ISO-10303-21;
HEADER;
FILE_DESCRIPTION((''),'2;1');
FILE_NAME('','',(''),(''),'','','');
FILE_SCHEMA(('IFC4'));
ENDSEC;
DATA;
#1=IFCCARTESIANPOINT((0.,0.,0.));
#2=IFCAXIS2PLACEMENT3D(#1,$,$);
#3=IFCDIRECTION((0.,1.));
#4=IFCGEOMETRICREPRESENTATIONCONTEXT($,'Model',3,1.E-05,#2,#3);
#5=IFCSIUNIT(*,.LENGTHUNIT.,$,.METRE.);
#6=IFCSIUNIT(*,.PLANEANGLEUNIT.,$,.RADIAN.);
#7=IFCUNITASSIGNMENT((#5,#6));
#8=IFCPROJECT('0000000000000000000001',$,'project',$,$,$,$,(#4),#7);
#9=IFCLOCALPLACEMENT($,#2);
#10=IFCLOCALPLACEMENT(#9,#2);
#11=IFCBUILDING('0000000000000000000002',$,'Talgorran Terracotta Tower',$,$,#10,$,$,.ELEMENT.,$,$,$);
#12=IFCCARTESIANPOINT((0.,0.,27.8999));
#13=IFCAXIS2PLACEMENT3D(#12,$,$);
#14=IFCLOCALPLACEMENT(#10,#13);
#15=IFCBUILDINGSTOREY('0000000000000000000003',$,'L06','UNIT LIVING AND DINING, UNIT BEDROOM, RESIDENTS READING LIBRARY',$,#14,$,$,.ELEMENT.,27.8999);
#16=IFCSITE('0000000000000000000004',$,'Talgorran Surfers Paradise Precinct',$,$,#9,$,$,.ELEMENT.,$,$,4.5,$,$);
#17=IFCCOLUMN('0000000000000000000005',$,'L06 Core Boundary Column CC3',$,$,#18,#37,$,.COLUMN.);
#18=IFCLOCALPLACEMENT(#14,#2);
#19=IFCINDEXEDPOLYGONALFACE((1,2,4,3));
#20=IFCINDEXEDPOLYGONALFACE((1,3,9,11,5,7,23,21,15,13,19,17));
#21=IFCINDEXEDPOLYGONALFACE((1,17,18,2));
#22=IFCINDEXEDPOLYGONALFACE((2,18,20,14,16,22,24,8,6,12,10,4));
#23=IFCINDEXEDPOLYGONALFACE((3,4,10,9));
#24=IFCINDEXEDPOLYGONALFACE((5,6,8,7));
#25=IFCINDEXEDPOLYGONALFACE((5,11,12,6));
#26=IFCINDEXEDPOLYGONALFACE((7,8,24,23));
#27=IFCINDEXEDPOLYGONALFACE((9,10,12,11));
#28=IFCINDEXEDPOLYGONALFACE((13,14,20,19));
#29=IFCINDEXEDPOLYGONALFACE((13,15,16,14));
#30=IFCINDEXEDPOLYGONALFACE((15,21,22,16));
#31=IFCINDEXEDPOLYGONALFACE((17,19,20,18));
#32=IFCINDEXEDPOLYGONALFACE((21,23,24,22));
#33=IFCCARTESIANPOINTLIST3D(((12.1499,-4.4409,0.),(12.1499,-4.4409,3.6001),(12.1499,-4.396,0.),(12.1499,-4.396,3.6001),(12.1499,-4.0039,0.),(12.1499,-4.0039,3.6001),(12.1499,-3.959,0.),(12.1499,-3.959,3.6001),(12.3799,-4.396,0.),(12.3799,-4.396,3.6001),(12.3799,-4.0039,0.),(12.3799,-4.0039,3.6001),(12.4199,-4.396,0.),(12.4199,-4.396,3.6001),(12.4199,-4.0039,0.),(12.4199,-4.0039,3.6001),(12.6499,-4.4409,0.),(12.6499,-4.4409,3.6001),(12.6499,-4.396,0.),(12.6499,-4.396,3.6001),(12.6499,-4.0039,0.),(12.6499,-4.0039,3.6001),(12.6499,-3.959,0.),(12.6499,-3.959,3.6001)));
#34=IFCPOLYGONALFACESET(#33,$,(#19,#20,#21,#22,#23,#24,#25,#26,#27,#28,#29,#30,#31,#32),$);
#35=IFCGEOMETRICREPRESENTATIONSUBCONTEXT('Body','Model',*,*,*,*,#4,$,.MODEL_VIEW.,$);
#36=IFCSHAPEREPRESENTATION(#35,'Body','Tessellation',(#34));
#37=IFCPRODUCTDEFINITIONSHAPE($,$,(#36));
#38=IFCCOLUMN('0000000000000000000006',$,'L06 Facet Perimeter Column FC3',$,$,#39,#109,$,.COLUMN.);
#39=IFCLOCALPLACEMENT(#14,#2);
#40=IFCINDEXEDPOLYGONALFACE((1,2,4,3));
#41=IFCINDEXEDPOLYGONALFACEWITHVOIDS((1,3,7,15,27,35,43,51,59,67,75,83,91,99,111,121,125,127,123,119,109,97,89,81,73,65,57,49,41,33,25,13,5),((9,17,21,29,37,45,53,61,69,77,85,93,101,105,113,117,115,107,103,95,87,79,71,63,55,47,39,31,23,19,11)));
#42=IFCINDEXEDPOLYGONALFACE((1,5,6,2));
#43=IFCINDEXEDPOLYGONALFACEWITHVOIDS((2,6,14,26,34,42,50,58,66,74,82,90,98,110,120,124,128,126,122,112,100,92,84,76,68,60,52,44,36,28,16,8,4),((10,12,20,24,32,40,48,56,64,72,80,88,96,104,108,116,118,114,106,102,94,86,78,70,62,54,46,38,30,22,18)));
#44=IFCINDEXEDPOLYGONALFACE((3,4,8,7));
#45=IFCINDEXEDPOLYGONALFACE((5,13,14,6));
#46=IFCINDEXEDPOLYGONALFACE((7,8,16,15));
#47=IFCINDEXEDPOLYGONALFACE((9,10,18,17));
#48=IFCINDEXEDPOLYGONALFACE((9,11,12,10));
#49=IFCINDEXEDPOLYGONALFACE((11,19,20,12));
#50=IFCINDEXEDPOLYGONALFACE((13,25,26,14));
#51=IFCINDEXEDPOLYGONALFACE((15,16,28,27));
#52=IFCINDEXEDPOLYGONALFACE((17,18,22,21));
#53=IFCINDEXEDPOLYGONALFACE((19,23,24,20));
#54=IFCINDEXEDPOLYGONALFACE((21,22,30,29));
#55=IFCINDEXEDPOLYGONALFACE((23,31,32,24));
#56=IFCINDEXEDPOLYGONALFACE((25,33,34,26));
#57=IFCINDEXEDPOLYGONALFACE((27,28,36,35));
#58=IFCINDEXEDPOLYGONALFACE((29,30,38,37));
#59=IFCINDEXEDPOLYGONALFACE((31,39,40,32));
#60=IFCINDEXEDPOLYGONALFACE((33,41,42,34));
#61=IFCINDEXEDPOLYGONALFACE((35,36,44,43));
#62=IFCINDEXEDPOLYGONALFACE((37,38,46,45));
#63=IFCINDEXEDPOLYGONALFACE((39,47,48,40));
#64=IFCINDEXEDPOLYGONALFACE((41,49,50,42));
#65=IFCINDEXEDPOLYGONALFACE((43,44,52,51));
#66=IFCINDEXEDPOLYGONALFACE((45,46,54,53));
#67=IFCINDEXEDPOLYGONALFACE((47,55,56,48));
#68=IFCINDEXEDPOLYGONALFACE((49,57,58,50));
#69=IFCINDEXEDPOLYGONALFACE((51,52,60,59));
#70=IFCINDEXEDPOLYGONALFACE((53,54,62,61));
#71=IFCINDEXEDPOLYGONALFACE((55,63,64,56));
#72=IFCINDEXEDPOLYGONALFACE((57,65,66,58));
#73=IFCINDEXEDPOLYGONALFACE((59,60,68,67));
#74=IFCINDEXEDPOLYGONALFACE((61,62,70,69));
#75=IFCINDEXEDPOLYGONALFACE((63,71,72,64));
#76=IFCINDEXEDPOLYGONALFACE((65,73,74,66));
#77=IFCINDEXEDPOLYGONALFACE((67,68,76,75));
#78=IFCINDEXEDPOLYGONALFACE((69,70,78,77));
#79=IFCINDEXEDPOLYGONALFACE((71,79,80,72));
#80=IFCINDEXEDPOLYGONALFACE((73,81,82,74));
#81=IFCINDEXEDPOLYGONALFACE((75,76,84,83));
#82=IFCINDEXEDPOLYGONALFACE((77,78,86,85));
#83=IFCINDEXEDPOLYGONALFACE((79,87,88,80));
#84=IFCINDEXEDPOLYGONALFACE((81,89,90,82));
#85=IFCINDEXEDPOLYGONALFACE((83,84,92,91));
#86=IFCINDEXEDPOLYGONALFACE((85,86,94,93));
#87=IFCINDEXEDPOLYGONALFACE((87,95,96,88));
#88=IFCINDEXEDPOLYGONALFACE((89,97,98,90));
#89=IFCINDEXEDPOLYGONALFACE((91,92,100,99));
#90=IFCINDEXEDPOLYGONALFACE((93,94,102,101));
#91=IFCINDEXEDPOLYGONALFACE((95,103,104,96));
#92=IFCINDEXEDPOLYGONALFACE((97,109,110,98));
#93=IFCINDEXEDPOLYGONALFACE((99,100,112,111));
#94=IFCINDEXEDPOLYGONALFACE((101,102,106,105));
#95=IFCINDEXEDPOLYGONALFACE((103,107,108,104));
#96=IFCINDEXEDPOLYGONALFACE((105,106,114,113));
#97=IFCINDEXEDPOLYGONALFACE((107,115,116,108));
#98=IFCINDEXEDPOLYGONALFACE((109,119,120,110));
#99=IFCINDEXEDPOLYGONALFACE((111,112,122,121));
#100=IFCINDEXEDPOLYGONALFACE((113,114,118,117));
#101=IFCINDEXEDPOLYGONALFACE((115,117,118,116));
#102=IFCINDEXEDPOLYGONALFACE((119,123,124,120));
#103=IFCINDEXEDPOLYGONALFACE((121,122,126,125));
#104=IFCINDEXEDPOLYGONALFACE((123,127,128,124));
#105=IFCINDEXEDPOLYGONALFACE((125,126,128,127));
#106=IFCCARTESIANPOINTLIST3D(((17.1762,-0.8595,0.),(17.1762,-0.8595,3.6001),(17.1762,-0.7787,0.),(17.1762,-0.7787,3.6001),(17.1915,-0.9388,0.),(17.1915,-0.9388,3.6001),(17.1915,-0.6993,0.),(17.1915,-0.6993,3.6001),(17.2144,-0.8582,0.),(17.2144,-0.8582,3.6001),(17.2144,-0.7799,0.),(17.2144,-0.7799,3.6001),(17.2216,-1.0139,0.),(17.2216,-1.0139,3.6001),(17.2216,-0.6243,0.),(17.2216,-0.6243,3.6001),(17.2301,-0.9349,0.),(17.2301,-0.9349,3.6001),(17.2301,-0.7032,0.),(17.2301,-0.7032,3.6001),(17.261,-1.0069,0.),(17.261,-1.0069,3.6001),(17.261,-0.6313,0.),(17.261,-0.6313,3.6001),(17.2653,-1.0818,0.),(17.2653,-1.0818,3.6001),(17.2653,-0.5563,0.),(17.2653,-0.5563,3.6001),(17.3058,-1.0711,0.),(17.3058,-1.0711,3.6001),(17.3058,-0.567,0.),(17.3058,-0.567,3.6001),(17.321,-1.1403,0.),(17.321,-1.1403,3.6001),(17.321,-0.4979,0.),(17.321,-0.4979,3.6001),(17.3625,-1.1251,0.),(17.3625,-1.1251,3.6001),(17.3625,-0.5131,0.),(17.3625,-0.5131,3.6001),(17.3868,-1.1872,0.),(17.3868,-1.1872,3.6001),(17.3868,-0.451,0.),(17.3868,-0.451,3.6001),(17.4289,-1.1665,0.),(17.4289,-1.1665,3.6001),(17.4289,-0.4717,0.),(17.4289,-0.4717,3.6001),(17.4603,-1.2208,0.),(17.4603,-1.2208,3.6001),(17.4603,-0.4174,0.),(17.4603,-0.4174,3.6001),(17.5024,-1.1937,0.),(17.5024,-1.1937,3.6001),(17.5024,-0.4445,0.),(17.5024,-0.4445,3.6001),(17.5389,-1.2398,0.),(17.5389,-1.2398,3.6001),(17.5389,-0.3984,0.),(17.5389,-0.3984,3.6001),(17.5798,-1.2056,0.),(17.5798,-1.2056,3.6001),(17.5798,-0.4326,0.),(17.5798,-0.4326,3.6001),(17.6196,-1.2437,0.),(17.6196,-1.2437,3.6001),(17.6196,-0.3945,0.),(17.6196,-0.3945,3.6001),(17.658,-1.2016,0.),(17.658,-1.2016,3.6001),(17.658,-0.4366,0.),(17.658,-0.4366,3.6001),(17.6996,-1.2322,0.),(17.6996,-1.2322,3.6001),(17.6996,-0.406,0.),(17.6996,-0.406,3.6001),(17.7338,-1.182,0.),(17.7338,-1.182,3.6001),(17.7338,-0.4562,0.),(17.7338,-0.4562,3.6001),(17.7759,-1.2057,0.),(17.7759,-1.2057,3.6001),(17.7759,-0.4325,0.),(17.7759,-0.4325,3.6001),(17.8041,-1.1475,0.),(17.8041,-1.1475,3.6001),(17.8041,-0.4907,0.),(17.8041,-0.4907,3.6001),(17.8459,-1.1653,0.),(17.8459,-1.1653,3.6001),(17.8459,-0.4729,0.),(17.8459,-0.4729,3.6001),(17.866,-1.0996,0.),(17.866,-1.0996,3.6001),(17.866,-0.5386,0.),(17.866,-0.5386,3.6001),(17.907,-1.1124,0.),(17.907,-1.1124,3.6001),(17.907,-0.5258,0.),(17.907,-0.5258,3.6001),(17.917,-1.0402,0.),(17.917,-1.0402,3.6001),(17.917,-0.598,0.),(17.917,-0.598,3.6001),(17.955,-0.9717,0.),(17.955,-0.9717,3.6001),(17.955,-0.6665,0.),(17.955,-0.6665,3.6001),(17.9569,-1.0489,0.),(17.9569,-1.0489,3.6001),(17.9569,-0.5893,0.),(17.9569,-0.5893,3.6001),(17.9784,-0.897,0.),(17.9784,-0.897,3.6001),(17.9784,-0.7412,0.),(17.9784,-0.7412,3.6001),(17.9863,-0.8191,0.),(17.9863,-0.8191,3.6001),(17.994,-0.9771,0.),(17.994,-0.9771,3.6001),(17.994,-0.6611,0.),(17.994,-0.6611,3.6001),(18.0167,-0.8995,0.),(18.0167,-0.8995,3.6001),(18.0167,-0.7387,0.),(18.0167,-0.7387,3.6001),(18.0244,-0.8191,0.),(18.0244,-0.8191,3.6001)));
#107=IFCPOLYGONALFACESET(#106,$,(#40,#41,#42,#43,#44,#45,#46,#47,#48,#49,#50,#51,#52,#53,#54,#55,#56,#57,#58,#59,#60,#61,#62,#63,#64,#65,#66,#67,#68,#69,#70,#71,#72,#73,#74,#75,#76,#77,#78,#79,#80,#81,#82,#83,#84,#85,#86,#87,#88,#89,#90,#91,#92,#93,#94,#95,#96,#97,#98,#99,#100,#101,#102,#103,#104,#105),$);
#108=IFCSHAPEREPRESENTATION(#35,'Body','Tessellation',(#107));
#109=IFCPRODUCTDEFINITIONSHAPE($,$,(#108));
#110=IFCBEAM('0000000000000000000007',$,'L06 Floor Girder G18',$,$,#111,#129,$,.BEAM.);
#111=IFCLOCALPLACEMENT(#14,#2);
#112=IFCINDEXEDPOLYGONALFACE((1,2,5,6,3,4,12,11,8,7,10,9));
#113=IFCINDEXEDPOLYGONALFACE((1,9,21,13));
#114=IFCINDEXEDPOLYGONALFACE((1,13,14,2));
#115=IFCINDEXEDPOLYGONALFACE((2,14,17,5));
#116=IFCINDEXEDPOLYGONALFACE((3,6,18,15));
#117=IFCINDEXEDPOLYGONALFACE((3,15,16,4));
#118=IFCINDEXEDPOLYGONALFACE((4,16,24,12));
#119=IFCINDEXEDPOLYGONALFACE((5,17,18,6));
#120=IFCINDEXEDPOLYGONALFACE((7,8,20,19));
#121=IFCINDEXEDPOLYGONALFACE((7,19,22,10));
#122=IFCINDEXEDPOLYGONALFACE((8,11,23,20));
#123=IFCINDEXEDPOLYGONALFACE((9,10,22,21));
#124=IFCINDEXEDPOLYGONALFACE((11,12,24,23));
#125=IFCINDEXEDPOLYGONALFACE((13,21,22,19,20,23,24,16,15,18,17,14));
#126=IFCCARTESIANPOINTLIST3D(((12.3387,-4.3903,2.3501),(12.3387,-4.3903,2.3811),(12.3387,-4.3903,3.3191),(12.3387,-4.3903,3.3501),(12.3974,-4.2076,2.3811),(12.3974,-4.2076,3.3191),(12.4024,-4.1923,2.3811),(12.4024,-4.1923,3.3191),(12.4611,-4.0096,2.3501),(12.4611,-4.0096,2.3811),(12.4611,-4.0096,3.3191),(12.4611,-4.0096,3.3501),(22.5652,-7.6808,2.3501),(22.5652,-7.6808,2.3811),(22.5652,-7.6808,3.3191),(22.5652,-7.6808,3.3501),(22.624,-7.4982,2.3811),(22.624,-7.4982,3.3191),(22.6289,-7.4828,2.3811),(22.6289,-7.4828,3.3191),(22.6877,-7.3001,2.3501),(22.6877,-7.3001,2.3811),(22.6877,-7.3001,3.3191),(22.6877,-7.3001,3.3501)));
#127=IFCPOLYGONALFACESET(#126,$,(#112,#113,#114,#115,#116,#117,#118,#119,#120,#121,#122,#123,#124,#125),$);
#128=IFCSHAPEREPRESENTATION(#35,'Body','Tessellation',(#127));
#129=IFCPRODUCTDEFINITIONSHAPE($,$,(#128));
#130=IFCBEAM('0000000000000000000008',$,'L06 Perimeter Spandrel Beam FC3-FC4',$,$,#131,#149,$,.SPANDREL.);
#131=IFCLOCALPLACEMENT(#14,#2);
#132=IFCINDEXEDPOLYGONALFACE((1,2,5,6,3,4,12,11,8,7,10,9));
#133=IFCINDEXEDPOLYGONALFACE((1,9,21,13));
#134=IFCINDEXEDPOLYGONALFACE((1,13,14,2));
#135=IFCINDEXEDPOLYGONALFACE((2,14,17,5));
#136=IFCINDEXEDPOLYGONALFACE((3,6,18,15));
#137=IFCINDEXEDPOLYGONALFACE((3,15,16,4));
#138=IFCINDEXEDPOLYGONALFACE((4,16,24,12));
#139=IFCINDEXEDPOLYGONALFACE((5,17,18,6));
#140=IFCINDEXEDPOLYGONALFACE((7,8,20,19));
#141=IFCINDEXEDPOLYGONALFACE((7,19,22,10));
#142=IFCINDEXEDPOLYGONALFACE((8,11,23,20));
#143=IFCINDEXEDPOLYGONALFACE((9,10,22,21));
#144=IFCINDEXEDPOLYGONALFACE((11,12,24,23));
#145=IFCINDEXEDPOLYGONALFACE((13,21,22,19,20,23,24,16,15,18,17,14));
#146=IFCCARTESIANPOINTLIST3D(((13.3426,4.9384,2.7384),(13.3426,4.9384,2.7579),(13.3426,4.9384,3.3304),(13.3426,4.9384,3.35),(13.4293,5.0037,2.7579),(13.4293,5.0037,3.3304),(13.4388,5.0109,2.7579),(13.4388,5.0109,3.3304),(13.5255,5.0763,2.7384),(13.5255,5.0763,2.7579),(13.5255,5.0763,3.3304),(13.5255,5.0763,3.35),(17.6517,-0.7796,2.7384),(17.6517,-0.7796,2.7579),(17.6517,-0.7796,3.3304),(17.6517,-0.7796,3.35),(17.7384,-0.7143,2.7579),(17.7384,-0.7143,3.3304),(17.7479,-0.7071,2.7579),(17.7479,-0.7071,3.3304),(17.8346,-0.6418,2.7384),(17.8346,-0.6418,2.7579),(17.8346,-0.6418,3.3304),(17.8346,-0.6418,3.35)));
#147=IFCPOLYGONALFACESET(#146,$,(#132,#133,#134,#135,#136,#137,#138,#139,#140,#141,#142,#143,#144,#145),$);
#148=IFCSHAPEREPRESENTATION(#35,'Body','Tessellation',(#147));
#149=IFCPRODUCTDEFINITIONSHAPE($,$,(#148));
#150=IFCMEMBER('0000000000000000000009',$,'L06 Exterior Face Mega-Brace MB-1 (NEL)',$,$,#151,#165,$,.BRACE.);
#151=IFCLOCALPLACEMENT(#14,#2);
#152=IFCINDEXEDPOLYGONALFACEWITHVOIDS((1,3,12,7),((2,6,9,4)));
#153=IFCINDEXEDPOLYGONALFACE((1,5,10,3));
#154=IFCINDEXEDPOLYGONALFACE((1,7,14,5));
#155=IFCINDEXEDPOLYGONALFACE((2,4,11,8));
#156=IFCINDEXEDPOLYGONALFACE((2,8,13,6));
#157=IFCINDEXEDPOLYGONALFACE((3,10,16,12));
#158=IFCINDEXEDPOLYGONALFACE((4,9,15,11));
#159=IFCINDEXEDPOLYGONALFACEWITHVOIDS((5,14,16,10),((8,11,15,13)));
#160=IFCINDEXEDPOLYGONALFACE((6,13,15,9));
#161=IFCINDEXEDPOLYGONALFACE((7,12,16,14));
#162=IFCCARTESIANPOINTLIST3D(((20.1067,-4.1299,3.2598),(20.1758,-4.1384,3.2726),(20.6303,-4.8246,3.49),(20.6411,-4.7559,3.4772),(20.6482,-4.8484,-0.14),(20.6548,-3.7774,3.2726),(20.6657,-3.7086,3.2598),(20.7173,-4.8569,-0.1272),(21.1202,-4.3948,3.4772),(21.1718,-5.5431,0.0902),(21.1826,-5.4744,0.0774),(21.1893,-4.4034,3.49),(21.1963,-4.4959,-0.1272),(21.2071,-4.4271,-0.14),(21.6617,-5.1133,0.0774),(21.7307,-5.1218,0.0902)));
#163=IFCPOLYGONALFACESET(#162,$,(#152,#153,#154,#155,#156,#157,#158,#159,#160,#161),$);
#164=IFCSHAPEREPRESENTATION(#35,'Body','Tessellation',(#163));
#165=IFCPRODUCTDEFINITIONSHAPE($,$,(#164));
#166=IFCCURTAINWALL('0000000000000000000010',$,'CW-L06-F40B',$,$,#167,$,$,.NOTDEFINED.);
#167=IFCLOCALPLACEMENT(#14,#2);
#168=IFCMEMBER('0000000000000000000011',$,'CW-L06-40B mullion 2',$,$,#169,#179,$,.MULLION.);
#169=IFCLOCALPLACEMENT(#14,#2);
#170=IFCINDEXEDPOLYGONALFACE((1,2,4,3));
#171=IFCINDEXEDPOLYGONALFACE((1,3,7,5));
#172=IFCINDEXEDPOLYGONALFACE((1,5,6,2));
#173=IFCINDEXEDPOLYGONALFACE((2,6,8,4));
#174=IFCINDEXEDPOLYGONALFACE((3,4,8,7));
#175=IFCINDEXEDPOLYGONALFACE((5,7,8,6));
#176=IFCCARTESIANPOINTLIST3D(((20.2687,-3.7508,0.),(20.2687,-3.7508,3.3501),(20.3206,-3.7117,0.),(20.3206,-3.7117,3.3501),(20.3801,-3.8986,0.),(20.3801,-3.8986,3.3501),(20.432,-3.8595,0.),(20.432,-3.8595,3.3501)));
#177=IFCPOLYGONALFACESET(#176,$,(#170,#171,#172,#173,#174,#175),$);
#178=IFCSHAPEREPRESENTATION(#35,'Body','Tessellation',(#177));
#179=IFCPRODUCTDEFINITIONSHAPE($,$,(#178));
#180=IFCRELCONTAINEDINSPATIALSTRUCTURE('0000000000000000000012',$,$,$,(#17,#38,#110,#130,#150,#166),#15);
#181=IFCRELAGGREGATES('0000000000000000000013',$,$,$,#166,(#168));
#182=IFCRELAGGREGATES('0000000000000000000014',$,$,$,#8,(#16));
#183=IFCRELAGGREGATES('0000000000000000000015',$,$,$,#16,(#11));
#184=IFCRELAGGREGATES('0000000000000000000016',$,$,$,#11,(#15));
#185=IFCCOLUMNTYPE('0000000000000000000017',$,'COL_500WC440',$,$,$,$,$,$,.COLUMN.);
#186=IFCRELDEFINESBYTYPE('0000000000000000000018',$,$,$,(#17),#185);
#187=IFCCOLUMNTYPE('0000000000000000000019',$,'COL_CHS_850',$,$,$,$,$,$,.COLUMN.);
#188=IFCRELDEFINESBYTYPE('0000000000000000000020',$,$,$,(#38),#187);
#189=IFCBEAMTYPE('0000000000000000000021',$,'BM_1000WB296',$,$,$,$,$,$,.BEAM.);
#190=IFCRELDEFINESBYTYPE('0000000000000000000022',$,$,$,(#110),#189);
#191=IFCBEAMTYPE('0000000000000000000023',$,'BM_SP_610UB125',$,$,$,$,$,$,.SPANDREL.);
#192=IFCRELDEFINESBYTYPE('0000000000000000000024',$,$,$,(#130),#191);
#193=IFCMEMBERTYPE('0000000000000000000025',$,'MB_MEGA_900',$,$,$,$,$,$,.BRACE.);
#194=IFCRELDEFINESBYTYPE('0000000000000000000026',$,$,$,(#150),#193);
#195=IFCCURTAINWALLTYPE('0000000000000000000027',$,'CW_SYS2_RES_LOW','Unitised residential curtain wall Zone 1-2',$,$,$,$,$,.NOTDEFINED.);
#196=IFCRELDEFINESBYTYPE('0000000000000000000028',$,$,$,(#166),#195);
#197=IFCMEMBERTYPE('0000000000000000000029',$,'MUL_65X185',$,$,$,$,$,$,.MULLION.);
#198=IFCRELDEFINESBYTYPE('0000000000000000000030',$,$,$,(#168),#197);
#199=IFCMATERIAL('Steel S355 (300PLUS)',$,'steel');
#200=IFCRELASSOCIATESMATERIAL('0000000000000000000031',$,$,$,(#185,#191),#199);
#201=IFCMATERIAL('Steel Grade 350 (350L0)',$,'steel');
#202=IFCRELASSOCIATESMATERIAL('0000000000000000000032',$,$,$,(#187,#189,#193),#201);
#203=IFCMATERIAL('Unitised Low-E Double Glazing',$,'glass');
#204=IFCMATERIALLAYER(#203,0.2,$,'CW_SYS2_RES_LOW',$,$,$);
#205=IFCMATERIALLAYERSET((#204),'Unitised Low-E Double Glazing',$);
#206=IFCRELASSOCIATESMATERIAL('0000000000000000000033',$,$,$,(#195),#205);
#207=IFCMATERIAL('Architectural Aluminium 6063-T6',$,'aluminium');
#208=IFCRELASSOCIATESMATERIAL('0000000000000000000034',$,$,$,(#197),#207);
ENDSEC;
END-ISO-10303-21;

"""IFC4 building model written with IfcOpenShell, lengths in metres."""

from ifc_helpers import new_model, si_unit, direction, frame, origin, origin_2d, place, context, subcontext, project, spatial, rectangle, hollow_rectangle, hollow_circle, i_section, extrude, material, layer, layer_set, material_profile, profile_set, type_object, element, aggregate, save


model = new_model("IFC4")

# Units and contexts
model_context = context("Model", 3, precision=1e-05, world=origin(), true_north=direction((0.0, 1.0)))
body_context = subcontext(model_context, "Body", "Model", "MODEL_VIEW")
ifc_project = project(units=[si_unit("LENGTHUNIT", "METRE"), si_unit("PLANEANGLEUNIT", "RADIAN")], contexts=[model_context])

# Site, building, storey
site_placement = place(None, origin())
site = spatial("IfcSite", under=ifc_project, at=site_placement, Name="Talgorran Surfers Paradise Precinct", CompositionType="ELEMENT", RefElevation=4.5)
building_placement = place(site_placement, origin())
building = spatial("IfcBuilding", under=site, at=building_placement, Name="Talgorran Terracotta Tower", CompositionType="ELEMENT")
storey_placement = place(building_placement, frame((0.0, 0.0, 27.8999)))
storey = spatial("IfcBuildingStorey", under=building, at=storey_placement, Name="L06", Description="UNIT LIVING AND DINING, UNIT BEDROOM, RESIDENTS READING LIBRARY", CompositionType="ELEMENT", Elevation=27.8999)

# Columns
ifc_material_1 = material(Name="Steel S355 (300PLUS)", Category="steel")
ifc_material_profile_1 = material_profile(ifc_material_1, i_section(OverallWidth=0.5, OverallDepth=0.4819, WebThickness=0.04, FlangeThickness=0.0449, at=origin_2d()), Name="500WC440")
ifc_profile_set_1 = profile_set([ifc_material_profile_1], Name="Steel S355 (300PLUS)")
column_type_1 = type_object("IfcColumnType", Name="COL_500WC440", PredefinedType="COLUMN", material=ifc_profile_set_1)
column_1_placement = place(storey_placement, frame((12.3999, -4.2, 0.0), z_axis=(0.0, 0.0, 1.0), x_axis=(1.0, 0.0, 0.0)))
element("IfcColumn", 1, at=column_1_placement, inside=storey, type_object=column_type_1, Name="L06 Core Boundary Column CC3", PredefinedType="COLUMN", context=body_context, shape_type="SweptSolid", body=[
    extrude(i_section(OverallWidth=0.5, OverallDepth=0.4819, WebThickness=0.04, FlangeThickness=0.0449, at=origin_2d()), origin(), (0.0, 0.0, 1.0), 3.6001),
])
ifc_material_2 = material(Name="Steel Grade 350 (350L0)", Category="steel")
ifc_material_profile_2 = material_profile(ifc_material_2, hollow_circle(Radius=0.425, WallThickness=0.0381, at=origin_2d()), Name="CHS850X38")
ifc_profile_set_2 = profile_set([ifc_material_profile_2], Name="Steel Grade 350 (350L0)")
column_type_2 = type_object("IfcColumnType", Name="COL_CHS_850", PredefinedType="COLUMN", material=ifc_profile_set_2)
column_2_placement = place(storey_placement, frame((17.5994, -0.8191, 0.0), z_axis=(0.0, 0.0, 1.0), x_axis=(1.0, 0.0, 0.0)))
element("IfcColumn", 2, at=column_2_placement, inside=storey, type_object=column_type_2, Name="L06 Facet Perimeter Column FC3", PredefinedType="COLUMN", context=body_context, shape_type="SweptSolid", body=[
    extrude(hollow_circle(Radius=0.425, WallThickness=0.0381, at=origin_2d()), origin(), (0.0, 0.0, 1.0), 3.6001),
])

# Beams
ifc_material_profile_3 = material_profile(ifc_material_2, i_section(OverallWidth=0.3999, OverallDepth=1.0, WebThickness=0.0161, FlangeThickness=0.031, at=origin_2d()), Name="1000WB296")
ifc_profile_set_3 = profile_set([ifc_material_profile_3], Name="Steel Grade 350 (350L0)")
beam_type_1 = type_object("IfcBeamType", Name="BM_1000WB296", PredefinedType="BEAM", material=ifc_profile_set_3)
beam_1_placement = place(storey_placement, frame((12.3999, -4.2, 2.8501), z_axis=(0.951936, -0.306298, 0.0), x_axis=(0.306298, 0.951936, 0.0)))
element("IfcBeam", 3, at=beam_1_placement, inside=storey, type_object=beam_type_1, Name="L06 Floor Girder G18", PredefinedType="BEAM", context=body_context, shape_type="SweptSolid", body=[
    extrude(i_section(OverallWidth=0.3999, OverallDepth=1.0, WebThickness=0.0161, FlangeThickness=0.031, at=origin_2d()), origin(), (0.0, 0.0, 1.0), 10.7429),
])
ifc_material_profile_4 = material_profile(ifc_material_1, i_section(OverallWidth=0.229, OverallDepth=0.6116, WebThickness=0.012, FlangeThickness=0.0195, at=origin_2d()), Name="610UB125")
ifc_profile_set_4 = profile_set([ifc_material_profile_4], Name="Steel S355 (300PLUS)")
beam_type_2 = type_object("IfcBeamType", Name="BM_SP_610UB125", PredefinedType="SPANDREL", material=ifc_profile_set_4)
beam_2_placement = place(storey_placement, frame((17.7432, -0.7107, 3.0442), z_axis=(-0.601837, 0.798619, 0.0), x_axis=(-0.798619, -0.601837, 0.0)))
element("IfcBeam", 4, at=beam_2_placement, inside=storey, type_object=beam_type_2, Name="L06 Perimeter Spandrel Beam FC3-FC4", PredefinedType="SPANDREL", context=body_context, shape_type="SweptSolid", body=[
    extrude(i_section(OverallWidth=0.229, OverallDepth=0.6116, WebThickness=0.012, FlangeThickness=0.0195, at=origin_2d()), origin(), (0.0, 0.0, 1.0), 7.1599),
])

# Member
ifc_material_profile_5 = material_profile(ifc_material_2, hollow_rectangle(XDim=0.7, YDim=0.8999, WallThickness=0.05, at=origin_2d()), Name="WBOX900X700X50")
ifc_profile_set_5 = profile_set([ifc_material_profile_5], Name="Steel Grade 350 (350L0)")
member_type_1 = type_object("IfcMemberType", Name="MB_MEGA_900", PredefinedType="BRACE", material=ifc_profile_set_5)
member_1_placement = place(storey_placement, frame((21.1895, -4.9851, -0.0249), z_axis=(-0.153971, 0.204299, 0.966724), x_axis=(-0.798598, -0.601865, 0.0)))
element("IfcMember", 5, at=member_1_placement, inside=storey, type_object=member_type_1, Name="L06 Exterior Face Mega-Brace MB-1 (NEL)", PredefinedType="BRACE", context=body_context, shape_type="SweptSolid", body=[
    extrude(hollow_rectangle(XDim=0.7, YDim=0.8999, WallThickness=0.05, at=origin_2d()), origin(), (0.0, 0.0, 1.0), 3.5168),
])

# Curtain wall, member
ifc_material_3 = material(Name="Unitised Low-E Double Glazing", Category="glass")
ifc_layer_1 = layer(ifc_material_3, 0.2, Name="CW_SYS2_RES_LOW")
ifc_layer_set_1 = layer_set([ifc_layer_1], Name="Unitised Low-E Double Glazing")
curtain_wall_type = type_object("IfcCurtainWallType", Name="CW_SYS2_RES_LOW", Description="Unitised residential curtain wall Zone 1-2", PredefinedType="NOTDEFINED", material=ifc_layer_set_1)
curtain_wall_1_placement = place(storey_placement, origin())
curtain_wall_1 = element("IfcCurtainWall", 6, at=curtain_wall_1_placement, inside=storey, type_object=curtain_wall_type, Name="CW-L06-F40B", PredefinedType="NOTDEFINED")
ifc_material_4 = material(Name="Architectural Aluminium 6063-T6", Category="aluminium")
ifc_material_profile_6 = material_profile(ifc_material_4, rectangle(XDim=0.0649, YDim=0.1851, at=origin_2d()), Name="CWM65X185")
ifc_profile_set_6 = profile_set([ifc_material_profile_6], Name="Architectural Aluminium 6063-T6")
member_type_2 = type_object("IfcMemberType", Name="MUL_65X185", PredefinedType="MULLION", material=ifc_profile_set_6)
member_2_placement = place(storey_placement, frame((20.3503, -3.8052, 0.0), z_axis=(0.0, 0.0, 1.0), x_axis=(-0.798629, -0.601824, 0.0)))
member_2 = element("IfcMember", 7, at=member_2_placement, type_object=member_type_2, Name="CW-L06-40B mullion 2", PredefinedType="MULLION", context=body_context, shape_type="SweptSolid", body=[
    extrude(rectangle(XDim=0.0649, YDim=0.1851, at=origin_2d()), origin(), (0.0, 0.0, 1.0), 3.3501),
])

aggregate(curtain_wall_1, [member_2])

save(model, "model.ifc")
